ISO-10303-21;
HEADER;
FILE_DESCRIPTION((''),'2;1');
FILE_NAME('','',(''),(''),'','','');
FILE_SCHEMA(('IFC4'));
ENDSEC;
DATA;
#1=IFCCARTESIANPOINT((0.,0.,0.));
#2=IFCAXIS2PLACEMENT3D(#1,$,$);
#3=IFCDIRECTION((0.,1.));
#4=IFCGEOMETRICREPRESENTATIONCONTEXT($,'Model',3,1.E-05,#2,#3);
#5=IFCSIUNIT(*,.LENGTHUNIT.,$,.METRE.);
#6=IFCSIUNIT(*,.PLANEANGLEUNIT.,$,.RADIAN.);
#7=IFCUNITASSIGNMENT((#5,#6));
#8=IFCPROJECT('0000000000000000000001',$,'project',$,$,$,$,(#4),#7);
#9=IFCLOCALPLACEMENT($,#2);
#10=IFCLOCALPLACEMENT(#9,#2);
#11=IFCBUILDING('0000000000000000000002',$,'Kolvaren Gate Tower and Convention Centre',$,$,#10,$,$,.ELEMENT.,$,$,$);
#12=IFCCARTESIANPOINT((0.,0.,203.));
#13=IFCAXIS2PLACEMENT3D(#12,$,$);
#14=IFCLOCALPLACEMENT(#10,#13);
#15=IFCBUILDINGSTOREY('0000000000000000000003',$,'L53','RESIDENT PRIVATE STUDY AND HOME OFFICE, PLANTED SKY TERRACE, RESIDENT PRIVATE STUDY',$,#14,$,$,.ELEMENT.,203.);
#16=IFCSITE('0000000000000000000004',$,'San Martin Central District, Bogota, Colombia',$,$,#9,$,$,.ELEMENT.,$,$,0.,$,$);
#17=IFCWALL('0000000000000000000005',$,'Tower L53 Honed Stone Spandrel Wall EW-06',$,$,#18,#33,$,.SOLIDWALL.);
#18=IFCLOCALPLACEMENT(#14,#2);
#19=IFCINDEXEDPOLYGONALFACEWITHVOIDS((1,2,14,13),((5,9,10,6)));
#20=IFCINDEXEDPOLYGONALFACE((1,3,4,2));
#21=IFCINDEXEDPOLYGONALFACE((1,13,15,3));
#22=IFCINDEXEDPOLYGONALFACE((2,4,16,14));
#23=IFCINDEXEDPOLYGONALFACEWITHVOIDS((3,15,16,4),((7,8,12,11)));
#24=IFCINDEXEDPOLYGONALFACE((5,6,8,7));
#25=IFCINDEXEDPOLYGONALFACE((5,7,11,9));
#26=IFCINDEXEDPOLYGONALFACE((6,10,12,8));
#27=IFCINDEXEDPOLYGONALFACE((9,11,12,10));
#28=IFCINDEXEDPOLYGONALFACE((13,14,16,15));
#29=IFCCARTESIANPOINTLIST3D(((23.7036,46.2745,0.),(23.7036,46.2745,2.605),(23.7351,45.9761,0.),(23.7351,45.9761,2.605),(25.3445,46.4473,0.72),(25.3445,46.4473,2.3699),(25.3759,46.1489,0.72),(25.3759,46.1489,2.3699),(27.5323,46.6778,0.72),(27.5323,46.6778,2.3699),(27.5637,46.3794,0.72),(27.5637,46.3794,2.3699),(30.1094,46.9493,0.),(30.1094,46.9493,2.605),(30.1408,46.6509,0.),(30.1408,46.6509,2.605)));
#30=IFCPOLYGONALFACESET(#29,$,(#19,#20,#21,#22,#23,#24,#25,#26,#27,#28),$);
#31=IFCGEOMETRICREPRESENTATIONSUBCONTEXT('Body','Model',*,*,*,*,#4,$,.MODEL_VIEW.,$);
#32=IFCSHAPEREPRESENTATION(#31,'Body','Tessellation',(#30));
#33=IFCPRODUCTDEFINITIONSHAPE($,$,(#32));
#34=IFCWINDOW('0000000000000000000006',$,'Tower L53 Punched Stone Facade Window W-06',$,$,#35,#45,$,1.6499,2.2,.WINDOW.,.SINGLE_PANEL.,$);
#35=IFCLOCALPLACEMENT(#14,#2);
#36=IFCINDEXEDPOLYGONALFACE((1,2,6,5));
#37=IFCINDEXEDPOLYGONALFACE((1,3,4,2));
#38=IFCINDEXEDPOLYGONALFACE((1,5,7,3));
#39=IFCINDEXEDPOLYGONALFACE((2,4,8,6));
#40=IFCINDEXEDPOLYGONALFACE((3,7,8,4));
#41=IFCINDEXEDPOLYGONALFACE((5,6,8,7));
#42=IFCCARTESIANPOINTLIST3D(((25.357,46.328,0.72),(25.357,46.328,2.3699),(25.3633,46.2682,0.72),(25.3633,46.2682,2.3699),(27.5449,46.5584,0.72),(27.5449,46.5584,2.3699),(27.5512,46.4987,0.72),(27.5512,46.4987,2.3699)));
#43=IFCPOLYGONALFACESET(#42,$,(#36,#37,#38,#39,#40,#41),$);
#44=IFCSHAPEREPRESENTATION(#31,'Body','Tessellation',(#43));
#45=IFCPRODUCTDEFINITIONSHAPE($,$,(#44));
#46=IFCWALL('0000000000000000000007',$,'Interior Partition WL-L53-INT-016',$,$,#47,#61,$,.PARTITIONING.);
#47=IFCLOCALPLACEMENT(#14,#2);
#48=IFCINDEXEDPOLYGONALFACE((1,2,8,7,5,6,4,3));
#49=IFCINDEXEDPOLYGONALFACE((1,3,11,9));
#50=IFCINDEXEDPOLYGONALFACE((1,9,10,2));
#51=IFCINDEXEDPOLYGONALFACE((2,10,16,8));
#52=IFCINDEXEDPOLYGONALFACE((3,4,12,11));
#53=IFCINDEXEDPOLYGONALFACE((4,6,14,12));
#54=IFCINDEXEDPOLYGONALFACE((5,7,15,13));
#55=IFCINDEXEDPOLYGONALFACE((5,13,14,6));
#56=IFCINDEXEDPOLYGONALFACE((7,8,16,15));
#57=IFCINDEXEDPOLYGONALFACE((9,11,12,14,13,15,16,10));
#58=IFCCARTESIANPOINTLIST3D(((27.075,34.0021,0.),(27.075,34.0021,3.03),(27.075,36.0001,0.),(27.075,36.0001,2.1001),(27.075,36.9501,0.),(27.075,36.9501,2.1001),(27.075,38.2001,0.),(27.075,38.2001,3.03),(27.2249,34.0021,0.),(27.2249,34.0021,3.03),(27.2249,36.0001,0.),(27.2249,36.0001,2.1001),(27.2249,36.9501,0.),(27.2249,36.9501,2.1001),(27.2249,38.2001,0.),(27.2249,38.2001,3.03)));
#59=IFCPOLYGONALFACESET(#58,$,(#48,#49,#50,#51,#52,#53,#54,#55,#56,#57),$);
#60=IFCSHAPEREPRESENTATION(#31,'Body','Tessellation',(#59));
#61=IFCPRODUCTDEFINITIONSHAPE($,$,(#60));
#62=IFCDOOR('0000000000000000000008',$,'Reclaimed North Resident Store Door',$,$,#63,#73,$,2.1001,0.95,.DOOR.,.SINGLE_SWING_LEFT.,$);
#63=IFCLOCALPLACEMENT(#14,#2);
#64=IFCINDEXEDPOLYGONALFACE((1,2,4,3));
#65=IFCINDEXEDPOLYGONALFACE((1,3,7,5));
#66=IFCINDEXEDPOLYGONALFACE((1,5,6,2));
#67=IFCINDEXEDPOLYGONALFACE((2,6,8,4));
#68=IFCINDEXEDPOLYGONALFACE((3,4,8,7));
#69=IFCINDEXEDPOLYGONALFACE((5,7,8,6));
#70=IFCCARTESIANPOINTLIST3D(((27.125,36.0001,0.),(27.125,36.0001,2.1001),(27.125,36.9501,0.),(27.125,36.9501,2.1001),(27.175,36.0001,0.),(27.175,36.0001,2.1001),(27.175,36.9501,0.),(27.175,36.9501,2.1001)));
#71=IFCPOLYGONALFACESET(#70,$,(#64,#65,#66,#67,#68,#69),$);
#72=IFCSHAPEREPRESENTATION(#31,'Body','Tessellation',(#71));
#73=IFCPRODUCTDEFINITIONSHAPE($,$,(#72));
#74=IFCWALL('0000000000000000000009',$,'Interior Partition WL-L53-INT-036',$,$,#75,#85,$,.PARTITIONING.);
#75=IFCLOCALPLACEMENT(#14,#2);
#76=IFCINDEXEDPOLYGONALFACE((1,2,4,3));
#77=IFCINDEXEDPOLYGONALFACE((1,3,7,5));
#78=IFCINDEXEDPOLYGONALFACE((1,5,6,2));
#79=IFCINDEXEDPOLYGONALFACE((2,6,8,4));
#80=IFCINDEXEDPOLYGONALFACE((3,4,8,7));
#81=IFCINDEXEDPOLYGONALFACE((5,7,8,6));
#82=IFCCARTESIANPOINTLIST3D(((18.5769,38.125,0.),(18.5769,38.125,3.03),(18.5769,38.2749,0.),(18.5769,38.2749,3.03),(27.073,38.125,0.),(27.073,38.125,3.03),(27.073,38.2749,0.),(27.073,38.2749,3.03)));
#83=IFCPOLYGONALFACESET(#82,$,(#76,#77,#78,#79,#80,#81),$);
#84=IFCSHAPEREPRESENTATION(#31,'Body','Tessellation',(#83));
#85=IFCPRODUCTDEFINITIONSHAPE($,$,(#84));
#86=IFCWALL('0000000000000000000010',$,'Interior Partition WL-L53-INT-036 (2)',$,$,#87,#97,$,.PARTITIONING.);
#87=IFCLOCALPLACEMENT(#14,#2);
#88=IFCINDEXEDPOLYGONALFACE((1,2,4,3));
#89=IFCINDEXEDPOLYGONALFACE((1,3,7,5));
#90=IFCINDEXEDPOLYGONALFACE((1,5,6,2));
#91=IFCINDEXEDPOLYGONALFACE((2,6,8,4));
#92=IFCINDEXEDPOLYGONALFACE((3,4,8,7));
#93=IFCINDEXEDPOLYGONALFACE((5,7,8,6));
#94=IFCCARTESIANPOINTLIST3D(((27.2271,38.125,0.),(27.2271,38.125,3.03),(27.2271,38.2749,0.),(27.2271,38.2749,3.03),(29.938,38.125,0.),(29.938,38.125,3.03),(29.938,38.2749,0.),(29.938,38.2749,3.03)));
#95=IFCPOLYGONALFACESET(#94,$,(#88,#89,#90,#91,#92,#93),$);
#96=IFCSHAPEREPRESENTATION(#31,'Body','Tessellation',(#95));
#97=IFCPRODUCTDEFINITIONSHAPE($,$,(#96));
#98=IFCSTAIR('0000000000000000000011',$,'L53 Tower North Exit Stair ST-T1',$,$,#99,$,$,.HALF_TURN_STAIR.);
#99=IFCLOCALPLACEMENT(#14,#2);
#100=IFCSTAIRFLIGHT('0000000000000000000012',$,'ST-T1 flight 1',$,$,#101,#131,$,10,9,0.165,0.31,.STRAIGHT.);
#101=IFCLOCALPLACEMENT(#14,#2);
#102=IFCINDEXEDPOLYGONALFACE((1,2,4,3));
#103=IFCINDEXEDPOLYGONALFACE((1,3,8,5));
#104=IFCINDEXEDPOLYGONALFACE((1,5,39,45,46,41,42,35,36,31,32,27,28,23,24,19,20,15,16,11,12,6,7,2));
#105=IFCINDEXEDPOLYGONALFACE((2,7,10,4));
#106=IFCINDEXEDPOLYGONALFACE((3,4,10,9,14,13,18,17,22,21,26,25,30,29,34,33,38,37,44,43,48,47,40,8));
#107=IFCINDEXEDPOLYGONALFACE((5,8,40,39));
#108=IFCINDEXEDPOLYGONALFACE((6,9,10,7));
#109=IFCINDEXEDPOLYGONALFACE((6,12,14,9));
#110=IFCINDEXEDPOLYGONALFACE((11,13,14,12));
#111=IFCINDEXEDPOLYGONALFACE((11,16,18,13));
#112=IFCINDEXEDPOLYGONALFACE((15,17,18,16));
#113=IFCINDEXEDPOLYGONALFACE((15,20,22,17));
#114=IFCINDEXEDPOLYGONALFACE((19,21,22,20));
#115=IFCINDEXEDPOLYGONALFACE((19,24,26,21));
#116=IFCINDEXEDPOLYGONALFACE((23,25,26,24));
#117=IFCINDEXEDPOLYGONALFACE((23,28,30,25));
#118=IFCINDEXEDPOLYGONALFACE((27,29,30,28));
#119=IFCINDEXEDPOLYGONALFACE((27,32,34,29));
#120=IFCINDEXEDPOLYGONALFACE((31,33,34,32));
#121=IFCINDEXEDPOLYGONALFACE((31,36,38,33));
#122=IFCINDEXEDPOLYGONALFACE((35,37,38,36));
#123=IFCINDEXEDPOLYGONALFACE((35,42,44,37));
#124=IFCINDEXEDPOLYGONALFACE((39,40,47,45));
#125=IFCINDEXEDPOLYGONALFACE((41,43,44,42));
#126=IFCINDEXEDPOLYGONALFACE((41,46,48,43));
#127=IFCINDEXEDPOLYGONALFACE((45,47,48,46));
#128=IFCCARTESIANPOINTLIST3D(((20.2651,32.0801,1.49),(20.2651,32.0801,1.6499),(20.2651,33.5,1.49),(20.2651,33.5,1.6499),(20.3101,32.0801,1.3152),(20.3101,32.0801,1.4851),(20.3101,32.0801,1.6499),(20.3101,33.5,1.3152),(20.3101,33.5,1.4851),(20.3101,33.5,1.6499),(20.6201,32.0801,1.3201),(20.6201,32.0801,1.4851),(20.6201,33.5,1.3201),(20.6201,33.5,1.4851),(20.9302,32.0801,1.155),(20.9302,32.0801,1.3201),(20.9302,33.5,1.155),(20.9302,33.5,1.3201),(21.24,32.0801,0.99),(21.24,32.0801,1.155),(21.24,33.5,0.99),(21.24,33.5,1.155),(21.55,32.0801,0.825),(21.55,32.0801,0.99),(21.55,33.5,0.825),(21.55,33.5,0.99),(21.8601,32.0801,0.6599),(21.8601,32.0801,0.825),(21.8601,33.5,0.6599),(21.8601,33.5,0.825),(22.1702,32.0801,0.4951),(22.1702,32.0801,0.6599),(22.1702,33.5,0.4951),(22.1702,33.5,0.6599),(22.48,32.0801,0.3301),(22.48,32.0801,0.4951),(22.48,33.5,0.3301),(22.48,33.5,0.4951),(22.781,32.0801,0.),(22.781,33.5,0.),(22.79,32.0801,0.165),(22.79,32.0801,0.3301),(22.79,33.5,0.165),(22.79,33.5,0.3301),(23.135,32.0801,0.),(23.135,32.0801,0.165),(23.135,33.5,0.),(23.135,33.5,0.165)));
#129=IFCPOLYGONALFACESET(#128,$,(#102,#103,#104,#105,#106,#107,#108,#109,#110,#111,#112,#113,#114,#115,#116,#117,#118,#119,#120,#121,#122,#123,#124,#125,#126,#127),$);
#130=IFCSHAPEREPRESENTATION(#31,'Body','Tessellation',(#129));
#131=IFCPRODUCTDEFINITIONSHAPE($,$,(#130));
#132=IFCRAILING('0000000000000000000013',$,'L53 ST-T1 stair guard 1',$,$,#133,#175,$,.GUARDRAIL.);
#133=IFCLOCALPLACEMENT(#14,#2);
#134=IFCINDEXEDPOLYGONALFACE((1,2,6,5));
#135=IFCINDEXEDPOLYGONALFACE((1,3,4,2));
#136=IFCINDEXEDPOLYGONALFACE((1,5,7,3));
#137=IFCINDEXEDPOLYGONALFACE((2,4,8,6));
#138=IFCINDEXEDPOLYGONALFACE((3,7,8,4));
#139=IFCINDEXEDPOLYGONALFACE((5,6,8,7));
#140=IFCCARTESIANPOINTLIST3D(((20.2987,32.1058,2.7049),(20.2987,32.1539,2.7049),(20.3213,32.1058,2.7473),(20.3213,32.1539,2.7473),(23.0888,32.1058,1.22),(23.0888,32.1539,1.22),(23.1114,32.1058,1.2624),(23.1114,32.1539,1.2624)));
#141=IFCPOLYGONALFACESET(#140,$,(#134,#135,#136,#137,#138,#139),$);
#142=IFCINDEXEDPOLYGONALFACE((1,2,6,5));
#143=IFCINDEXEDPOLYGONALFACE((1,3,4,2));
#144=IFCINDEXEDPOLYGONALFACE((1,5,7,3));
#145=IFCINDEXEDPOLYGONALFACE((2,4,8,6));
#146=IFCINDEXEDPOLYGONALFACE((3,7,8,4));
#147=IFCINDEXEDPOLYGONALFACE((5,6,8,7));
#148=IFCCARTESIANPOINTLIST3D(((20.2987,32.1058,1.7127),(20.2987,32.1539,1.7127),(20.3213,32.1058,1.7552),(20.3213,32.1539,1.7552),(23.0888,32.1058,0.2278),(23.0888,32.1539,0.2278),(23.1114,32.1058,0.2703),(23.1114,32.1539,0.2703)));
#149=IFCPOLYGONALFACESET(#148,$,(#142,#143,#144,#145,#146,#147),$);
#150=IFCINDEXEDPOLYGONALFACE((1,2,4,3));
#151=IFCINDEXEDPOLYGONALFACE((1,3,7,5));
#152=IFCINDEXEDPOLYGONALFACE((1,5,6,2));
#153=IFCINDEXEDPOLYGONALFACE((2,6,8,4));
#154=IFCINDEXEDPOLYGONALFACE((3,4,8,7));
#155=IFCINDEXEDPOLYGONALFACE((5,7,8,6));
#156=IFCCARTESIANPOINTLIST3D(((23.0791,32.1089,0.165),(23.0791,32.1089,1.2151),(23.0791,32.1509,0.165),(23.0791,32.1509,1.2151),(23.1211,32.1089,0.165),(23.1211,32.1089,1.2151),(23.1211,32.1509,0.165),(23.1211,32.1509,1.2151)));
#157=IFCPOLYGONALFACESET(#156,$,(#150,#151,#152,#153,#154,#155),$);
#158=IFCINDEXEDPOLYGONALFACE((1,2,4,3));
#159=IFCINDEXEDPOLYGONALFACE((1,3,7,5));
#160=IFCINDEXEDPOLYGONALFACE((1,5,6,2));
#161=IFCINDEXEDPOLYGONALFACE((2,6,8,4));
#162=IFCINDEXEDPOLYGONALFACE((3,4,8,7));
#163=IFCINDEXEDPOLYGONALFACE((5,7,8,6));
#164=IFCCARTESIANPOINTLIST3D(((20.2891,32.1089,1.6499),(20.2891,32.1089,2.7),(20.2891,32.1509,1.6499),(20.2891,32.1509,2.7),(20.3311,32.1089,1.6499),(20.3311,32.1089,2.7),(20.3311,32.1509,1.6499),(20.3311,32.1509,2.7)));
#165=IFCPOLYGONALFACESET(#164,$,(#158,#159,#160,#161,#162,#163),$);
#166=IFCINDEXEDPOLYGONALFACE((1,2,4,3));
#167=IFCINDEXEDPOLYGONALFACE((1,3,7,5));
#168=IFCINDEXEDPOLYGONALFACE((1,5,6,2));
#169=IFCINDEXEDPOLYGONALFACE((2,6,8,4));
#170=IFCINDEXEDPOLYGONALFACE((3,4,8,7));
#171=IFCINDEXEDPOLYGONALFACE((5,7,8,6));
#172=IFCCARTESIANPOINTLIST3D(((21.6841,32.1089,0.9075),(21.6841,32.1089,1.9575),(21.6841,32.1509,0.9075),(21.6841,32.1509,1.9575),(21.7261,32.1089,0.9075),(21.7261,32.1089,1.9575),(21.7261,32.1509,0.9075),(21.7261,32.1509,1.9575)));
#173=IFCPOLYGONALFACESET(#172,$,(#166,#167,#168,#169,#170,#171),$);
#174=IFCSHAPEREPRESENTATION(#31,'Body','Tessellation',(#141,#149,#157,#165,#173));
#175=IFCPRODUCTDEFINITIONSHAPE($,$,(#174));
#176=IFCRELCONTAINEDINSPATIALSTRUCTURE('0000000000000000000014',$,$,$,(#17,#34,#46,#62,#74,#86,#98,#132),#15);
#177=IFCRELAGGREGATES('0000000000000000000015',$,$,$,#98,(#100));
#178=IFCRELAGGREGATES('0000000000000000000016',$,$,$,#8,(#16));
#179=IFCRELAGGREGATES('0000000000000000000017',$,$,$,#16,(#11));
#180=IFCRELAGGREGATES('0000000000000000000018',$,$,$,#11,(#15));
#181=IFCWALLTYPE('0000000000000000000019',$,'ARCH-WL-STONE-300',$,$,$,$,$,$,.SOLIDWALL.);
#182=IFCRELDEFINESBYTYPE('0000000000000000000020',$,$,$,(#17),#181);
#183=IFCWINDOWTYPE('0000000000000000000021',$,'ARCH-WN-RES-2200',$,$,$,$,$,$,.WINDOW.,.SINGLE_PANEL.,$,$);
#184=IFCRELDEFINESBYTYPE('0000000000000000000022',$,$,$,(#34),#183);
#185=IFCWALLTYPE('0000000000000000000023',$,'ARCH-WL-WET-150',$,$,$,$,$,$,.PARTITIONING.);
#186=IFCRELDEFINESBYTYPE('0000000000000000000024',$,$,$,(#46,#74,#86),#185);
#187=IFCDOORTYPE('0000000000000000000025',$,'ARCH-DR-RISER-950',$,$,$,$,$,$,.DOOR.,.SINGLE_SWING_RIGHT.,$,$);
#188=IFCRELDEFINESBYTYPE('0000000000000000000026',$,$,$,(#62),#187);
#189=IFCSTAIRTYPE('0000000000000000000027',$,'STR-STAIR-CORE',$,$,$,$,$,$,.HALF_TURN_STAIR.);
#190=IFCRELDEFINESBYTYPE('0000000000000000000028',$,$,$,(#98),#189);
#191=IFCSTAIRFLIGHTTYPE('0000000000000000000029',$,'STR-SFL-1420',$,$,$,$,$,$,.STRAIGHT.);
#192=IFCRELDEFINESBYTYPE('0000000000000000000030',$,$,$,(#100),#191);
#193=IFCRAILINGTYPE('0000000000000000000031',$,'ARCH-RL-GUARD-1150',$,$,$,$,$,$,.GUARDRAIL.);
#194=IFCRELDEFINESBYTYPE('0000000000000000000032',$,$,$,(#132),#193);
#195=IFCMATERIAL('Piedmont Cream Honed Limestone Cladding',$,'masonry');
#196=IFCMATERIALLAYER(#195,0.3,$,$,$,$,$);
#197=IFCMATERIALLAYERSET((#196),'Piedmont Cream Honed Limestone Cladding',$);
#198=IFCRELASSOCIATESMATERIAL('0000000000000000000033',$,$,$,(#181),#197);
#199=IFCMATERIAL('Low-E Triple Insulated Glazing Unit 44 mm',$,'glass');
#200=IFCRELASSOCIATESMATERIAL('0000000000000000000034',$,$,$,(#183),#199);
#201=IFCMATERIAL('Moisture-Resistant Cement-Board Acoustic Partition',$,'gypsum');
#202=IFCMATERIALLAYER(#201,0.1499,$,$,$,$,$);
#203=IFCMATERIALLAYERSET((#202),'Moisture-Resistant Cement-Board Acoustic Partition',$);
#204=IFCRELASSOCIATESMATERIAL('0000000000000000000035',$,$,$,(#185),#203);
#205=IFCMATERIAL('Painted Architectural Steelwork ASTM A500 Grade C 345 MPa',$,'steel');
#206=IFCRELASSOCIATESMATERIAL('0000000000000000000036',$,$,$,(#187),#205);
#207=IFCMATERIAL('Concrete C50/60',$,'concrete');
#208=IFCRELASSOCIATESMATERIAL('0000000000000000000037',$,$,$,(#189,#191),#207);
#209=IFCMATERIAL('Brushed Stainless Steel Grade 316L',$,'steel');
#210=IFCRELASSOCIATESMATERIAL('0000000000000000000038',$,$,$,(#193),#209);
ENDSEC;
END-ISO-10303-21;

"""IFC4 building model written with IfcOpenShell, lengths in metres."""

from ifc_helpers import new_model, si_unit, direction, frame, frame_2d, origin, origin_2d, place, context, subcontext, project, spatial, polyline, rectangle, outline, extrude, material, layer, layer_set, type_object, element, fill, aggregate, save


model = new_model("IFC4")

# Units and contexts
model_context = context("Model", 3, precision=1e-05, world=origin(), true_north=direction((0.0, 1.0)))
body_context = subcontext(model_context, "Body", "Model", "MODEL_VIEW")
ifc_project = project(units=[si_unit("LENGTHUNIT", "METRE"), si_unit("PLANEANGLEUNIT", "RADIAN")], contexts=[model_context])

# Site, building, storey
site_placement = place(None, origin())
site = spatial("IfcSite", under=ifc_project, at=site_placement, Name="San Martin Central District, Bogota, Colombia", CompositionType="ELEMENT", RefElevation=0.0)
building_placement = place(site_placement, origin())
building = spatial("IfcBuilding", under=site, at=building_placement, Name="Kolvaren Gate Tower and Convention Centre", CompositionType="ELEMENT")
storey_placement = place(building_placement, frame((0.0, 0.0, 203.0)))
storey = spatial("IfcBuildingStorey", under=building, at=storey_placement, Name="L53", Description="RESIDENT PRIVATE STUDY AND HOME OFFICE, PLANTED SKY TERRACE, RESIDENT PRIVATE STUDY", CompositionType="ELEMENT", Elevation=203.0)

# Shared definitions
ifc_material_1 = material(Name="Concrete C50/60", Category="concrete")

# Wall, opening, window
ifc_material_2 = material(Name="Piedmont Cream Honed Limestone Cladding", Category="masonry")
ifc_layer_1 = layer(ifc_material_2, 0.3)
ifc_layer_set_1 = layer_set([ifc_layer_1], Name="Piedmont Cream Honed Limestone Cladding")
wall_type_1 = type_object("IfcWallType", Name="ARCH-WL-STONE-300", PredefinedType="SOLIDWALL", material=ifc_layer_set_1)
wall_1_placement = place(storey_placement, frame((23.7192, 46.1252, 0.0), z_axis=(0.0, 0.0, 1.0), x_axis=(0.994497, 0.104764, 0.0)))
wall_1 = element("IfcWall", 1, at=wall_1_placement, inside=storey, type_object=wall_type_1, Name="Tower L53 Honed Stone Spandrel Wall EW-06", PredefinedType="SOLIDWALL", context=body_context, shape_type="SweptSolid", body=[
    extrude(rectangle(XDim=6.4412, YDim=0.3, at=frame_2d((3.2207, 0.0))), origin(), (0.0, 0.0, 1.0), 2.605),
])
opening_1_placement = place(wall_1_placement, frame((1.6499, 0.0, 0.72)))
opening_1 = element("IfcOpeningElement", 2, at=opening_1_placement, cuts=wall_1, PredefinedType="OPENING", context=body_context, shape_type="SweptSolid", body=[
    extrude(rectangle(XDim=2.2, YDim=1.6499, at=frame_2d((1.1001, 0.825))), frame((0.0, 0.1599, 0.0), z_axis=(0.0, -1.0, 0.0), x_axis=(1.0, 0.0, 0.0)), (0.0, 0.0, 1.0), 0.3201),
])
ifc_material_3 = material(Name="Low-E Triple Insulated Glazing Unit 44 mm", Category="glass")
window_type = type_object("IfcWindowType", Name="ARCH-WN-RES-2200", PartitioningType="SINGLE_PANEL", PredefinedType="WINDOW", material=ifc_material_3)
window_placement = place(opening_1_placement, origin())
window = element("IfcWindow", 3, at=window_placement, inside=storey, type_object=window_type, Name="Tower L53 Punched Stone Facade Window W-06", OverallHeight=1.6499, OverallWidth=2.2, PartitioningType="SINGLE_PANEL", PredefinedType="WINDOW", context=body_context, shape_type="SweptSolid", body=[
    extrude(rectangle(XDim=2.2, YDim=1.6499, at=frame_2d((1.1001, 0.825))), frame((0.0, 0.03, 0.0), z_axis=(0.0, -1.0, 0.0), x_axis=(1.0, 0.0, 0.0)), (0.0, 0.0, 1.0), 0.0601),
])
fill(opening_1, window)

# Wall, opening, door
ifc_material_4 = material(Name="Moisture-Resistant Cement-Board Acoustic Partition", Category="gypsum")
ifc_layer_2 = layer(ifc_material_4, 0.1499)
ifc_layer_set_2 = layer_set([ifc_layer_2], Name="Moisture-Resistant Cement-Board Acoustic Partition")
wall_type_2 = type_object("IfcWallType", Name="ARCH-WL-WET-150", PredefinedType="PARTITIONING", material=ifc_layer_set_2)
wall_2_placement = place(storey_placement, frame((27.1499, 34.002, 0.0), z_axis=(0.0, 0.0, 1.0), x_axis=(0.0, 1.0, 0.0)))
wall_2 = element("IfcWall", 4, at=wall_2_placement, inside=storey, type_object=wall_type_2, Name="Interior Partition WL-L53-INT-016", PredefinedType="PARTITIONING", context=body_context, shape_type="SweptSolid", body=[
    extrude(rectangle(XDim=4.198, YDim=0.1499, at=frame_2d((2.0991, 0.0))), origin(), (0.0, 0.0, 1.0), 3.03),
])
opening_2_placement = place(wall_2_placement, frame((1.998, 0.0, 0.0)))
opening_2 = element("IfcOpeningElement", 5, at=opening_2_placement, cuts=wall_2, PredefinedType="OPENING", context=body_context, shape_type="SweptSolid", body=[
    extrude(rectangle(XDim=0.95, YDim=2.1001, at=frame_2d((0.4751, 1.05))), frame((0.0, 0.085, 0.0), z_axis=(0.0, -1.0, 0.0), x_axis=(1.0, 0.0, 0.0)), (0.0, 0.0, 1.0), 0.1699),
])
ifc_material_5 = material(Name="Painted Architectural Steelwork ASTM A500 Grade C 345 MPa", Category="steel")
door_type = type_object("IfcDoorType", Name="ARCH-DR-RISER-950", OperationType="SINGLE_SWING_RIGHT", PredefinedType="DOOR", material=ifc_material_5)
door_placement = place(opening_2_placement, origin())
door = element("IfcDoor", 6, at=door_placement, inside=storey, type_object=door_type, Name="Reclaimed North Resident Store Door", OperationType="SINGLE_SWING_LEFT", OverallHeight=2.1001, OverallWidth=0.95, PredefinedType="DOOR", context=body_context, shape_type="SweptSolid", body=[
    extrude(rectangle(XDim=0.95, YDim=2.1001, at=frame_2d((0.4751, 1.05))), frame((0.0, 0.0249, 0.0), z_axis=(0.0, -1.0, 0.0), x_axis=(1.0, 0.0, 0.0)), (0.0, 0.0, 1.0), 0.05),
])
fill(opening_2, door)

# Walls
wall_3_placement = place(storey_placement, frame((18.5769, 38.2, 0.0), z_axis=(0.0, 0.0, 1.0), x_axis=(1.0, 0.0, 0.0)))
element("IfcWall", 7, at=wall_3_placement, inside=storey, type_object=wall_type_2, Name="Interior Partition WL-L53-INT-036", PredefinedType="PARTITIONING", context=body_context, shape_type="SweptSolid", body=[
    extrude(rectangle(XDim=8.4961, YDim=0.1499, at=frame_2d((4.248, 0.0))), origin(), (0.0, 0.0, 1.0), 3.03),
])
wall_4_placement = place(storey_placement, frame((27.2271, 38.2, 0.0), z_axis=(0.0, 0.0, 1.0), x_axis=(1.0, 0.0, 0.0)))
element("IfcWall", 8, at=wall_4_placement, inside=storey, type_object=wall_type_2, Name="Interior Partition WL-L53-INT-036 (2)", PredefinedType="PARTITIONING", context=body_context, shape_type="SweptSolid", body=[
    extrude(rectangle(XDim=2.7109, YDim=0.1499, at=frame_2d((1.3555, 0.0))), origin(), (0.0, 0.0, 1.0), 3.03),
])

# Stair, stair flight
stair_type = type_object("IfcStairType", Name="STR-STAIR-CORE", PredefinedType="HALF_TURN_STAIR", material=ifc_material_1)
stair_placement = place(storey_placement, origin())
stair = element("IfcStair", 9, at=stair_placement, inside=storey, type_object=stair_type, Name="L53 Tower North Exit Stair ST-T1", PredefinedType="HALF_TURN_STAIR")
stair_flight_type = type_object("IfcStairFlightType", Name="STR-SFL-1420", PredefinedType="STRAIGHT", material=ifc_material_1)
stair_flight_placement = place(storey_placement, frame((23.1001, 32.79, 0.0), z_axis=(0.0, 0.0, 1.0), x_axis=(-1.0, 0.0, 0.0)))
stair_flight = element("IfcStairFlight", 10, at=stair_flight_placement, type_object=stair_flight_type, Name="ST-T1 flight 1", NumberOfRisers=10, NumberOfTreads=9, PredefinedType="STRAIGHT", RiserHeight=0.165, TreadLength=0.31, context=body_context, shape_type="SweptSolid", body=[
    extrude(outline(polyline([(-0.0349, 0.0), (-0.0349, 0.165), (0.3101, 0.165), (0.3101, 0.3301), (0.6201, 0.3301), (0.6201, 0.4951), (0.9299, 0.4951), (0.9299, 0.6599), (1.24, 0.6599), (1.24, 0.825), (1.55, 0.825), (1.55, 0.99), (1.8601, 0.99), (1.8601, 1.155), (2.1699, 1.155), (2.1699, 1.3201), (2.48, 1.3201), (2.48, 1.4851), (2.79, 1.4851), (2.79, 1.6499), (2.835, 1.6499), (2.835, 1.49), (2.79, 1.3152), (0.3191, 0.0), (-0.0349, 0.0)])), frame((0.0, 0.71, 0.0), z_axis=(0.0, -1.0, 0.0), x_axis=(1.0, 0.0, 0.0)), (0.0, 0.0, 1.0), 1.4199),
])
aggregate(stair, [stair_flight])

# Railing
ifc_material_6 = material(Name="Brushed Stainless Steel Grade 316L", Category="steel")
railing_type_1 = type_object("IfcRailingType", Name="ARCH-RL-GUARD-1150", PredefinedType="GUARDRAIL", material=ifc_material_6)
railing_1_placement = place(storey_placement, frame((23.1001, 32.1299, 0.165)))
element("IfcRailing", 11, at=railing_1_placement, inside=storey, type_object=railing_type_1, Name="L53 ST-T1 stair guard 1", PredefinedType="GUARDRAIL", context=body_context, shape_type="SweptSolid", body=[
    extrude(rectangle(XDim=0.0481, YDim=0.0481, at=origin_2d()), frame((0.0, 0.0, 1.0762), z_axis=(-0.882767, 0.0, 0.46981), x_axis=(0.0, -1.0, 0.0)), (0.0, 0.0, 1.0), 3.1606),
    extrude(rectangle(XDim=0.0481, YDim=0.0481, at=origin_2d()), frame((0.0, 0.0, 0.084), z_axis=(-0.882767, 0.0, 0.46981), x_axis=(0.0, -1.0, 0.0)), (0.0, 0.0, 1.0), 3.1606),
    extrude(rectangle(XDim=0.042, YDim=0.042, at=origin_2d()), origin(), (0.0, 0.0, 1.0), 1.05),
    extrude(rectangle(XDim=0.042, YDim=0.042, at=origin_2d()), frame((-2.79, 0.0, 1.4849)), (0.0, 0.0, 1.0), 1.05),
    extrude(rectangle(XDim=0.042, YDim=0.042, at=origin_2d()), frame((-1.395, 0.0, 0.7424)), (0.0, 0.0, 1.0), 1.05),
])

save(model, "model.ifc")
